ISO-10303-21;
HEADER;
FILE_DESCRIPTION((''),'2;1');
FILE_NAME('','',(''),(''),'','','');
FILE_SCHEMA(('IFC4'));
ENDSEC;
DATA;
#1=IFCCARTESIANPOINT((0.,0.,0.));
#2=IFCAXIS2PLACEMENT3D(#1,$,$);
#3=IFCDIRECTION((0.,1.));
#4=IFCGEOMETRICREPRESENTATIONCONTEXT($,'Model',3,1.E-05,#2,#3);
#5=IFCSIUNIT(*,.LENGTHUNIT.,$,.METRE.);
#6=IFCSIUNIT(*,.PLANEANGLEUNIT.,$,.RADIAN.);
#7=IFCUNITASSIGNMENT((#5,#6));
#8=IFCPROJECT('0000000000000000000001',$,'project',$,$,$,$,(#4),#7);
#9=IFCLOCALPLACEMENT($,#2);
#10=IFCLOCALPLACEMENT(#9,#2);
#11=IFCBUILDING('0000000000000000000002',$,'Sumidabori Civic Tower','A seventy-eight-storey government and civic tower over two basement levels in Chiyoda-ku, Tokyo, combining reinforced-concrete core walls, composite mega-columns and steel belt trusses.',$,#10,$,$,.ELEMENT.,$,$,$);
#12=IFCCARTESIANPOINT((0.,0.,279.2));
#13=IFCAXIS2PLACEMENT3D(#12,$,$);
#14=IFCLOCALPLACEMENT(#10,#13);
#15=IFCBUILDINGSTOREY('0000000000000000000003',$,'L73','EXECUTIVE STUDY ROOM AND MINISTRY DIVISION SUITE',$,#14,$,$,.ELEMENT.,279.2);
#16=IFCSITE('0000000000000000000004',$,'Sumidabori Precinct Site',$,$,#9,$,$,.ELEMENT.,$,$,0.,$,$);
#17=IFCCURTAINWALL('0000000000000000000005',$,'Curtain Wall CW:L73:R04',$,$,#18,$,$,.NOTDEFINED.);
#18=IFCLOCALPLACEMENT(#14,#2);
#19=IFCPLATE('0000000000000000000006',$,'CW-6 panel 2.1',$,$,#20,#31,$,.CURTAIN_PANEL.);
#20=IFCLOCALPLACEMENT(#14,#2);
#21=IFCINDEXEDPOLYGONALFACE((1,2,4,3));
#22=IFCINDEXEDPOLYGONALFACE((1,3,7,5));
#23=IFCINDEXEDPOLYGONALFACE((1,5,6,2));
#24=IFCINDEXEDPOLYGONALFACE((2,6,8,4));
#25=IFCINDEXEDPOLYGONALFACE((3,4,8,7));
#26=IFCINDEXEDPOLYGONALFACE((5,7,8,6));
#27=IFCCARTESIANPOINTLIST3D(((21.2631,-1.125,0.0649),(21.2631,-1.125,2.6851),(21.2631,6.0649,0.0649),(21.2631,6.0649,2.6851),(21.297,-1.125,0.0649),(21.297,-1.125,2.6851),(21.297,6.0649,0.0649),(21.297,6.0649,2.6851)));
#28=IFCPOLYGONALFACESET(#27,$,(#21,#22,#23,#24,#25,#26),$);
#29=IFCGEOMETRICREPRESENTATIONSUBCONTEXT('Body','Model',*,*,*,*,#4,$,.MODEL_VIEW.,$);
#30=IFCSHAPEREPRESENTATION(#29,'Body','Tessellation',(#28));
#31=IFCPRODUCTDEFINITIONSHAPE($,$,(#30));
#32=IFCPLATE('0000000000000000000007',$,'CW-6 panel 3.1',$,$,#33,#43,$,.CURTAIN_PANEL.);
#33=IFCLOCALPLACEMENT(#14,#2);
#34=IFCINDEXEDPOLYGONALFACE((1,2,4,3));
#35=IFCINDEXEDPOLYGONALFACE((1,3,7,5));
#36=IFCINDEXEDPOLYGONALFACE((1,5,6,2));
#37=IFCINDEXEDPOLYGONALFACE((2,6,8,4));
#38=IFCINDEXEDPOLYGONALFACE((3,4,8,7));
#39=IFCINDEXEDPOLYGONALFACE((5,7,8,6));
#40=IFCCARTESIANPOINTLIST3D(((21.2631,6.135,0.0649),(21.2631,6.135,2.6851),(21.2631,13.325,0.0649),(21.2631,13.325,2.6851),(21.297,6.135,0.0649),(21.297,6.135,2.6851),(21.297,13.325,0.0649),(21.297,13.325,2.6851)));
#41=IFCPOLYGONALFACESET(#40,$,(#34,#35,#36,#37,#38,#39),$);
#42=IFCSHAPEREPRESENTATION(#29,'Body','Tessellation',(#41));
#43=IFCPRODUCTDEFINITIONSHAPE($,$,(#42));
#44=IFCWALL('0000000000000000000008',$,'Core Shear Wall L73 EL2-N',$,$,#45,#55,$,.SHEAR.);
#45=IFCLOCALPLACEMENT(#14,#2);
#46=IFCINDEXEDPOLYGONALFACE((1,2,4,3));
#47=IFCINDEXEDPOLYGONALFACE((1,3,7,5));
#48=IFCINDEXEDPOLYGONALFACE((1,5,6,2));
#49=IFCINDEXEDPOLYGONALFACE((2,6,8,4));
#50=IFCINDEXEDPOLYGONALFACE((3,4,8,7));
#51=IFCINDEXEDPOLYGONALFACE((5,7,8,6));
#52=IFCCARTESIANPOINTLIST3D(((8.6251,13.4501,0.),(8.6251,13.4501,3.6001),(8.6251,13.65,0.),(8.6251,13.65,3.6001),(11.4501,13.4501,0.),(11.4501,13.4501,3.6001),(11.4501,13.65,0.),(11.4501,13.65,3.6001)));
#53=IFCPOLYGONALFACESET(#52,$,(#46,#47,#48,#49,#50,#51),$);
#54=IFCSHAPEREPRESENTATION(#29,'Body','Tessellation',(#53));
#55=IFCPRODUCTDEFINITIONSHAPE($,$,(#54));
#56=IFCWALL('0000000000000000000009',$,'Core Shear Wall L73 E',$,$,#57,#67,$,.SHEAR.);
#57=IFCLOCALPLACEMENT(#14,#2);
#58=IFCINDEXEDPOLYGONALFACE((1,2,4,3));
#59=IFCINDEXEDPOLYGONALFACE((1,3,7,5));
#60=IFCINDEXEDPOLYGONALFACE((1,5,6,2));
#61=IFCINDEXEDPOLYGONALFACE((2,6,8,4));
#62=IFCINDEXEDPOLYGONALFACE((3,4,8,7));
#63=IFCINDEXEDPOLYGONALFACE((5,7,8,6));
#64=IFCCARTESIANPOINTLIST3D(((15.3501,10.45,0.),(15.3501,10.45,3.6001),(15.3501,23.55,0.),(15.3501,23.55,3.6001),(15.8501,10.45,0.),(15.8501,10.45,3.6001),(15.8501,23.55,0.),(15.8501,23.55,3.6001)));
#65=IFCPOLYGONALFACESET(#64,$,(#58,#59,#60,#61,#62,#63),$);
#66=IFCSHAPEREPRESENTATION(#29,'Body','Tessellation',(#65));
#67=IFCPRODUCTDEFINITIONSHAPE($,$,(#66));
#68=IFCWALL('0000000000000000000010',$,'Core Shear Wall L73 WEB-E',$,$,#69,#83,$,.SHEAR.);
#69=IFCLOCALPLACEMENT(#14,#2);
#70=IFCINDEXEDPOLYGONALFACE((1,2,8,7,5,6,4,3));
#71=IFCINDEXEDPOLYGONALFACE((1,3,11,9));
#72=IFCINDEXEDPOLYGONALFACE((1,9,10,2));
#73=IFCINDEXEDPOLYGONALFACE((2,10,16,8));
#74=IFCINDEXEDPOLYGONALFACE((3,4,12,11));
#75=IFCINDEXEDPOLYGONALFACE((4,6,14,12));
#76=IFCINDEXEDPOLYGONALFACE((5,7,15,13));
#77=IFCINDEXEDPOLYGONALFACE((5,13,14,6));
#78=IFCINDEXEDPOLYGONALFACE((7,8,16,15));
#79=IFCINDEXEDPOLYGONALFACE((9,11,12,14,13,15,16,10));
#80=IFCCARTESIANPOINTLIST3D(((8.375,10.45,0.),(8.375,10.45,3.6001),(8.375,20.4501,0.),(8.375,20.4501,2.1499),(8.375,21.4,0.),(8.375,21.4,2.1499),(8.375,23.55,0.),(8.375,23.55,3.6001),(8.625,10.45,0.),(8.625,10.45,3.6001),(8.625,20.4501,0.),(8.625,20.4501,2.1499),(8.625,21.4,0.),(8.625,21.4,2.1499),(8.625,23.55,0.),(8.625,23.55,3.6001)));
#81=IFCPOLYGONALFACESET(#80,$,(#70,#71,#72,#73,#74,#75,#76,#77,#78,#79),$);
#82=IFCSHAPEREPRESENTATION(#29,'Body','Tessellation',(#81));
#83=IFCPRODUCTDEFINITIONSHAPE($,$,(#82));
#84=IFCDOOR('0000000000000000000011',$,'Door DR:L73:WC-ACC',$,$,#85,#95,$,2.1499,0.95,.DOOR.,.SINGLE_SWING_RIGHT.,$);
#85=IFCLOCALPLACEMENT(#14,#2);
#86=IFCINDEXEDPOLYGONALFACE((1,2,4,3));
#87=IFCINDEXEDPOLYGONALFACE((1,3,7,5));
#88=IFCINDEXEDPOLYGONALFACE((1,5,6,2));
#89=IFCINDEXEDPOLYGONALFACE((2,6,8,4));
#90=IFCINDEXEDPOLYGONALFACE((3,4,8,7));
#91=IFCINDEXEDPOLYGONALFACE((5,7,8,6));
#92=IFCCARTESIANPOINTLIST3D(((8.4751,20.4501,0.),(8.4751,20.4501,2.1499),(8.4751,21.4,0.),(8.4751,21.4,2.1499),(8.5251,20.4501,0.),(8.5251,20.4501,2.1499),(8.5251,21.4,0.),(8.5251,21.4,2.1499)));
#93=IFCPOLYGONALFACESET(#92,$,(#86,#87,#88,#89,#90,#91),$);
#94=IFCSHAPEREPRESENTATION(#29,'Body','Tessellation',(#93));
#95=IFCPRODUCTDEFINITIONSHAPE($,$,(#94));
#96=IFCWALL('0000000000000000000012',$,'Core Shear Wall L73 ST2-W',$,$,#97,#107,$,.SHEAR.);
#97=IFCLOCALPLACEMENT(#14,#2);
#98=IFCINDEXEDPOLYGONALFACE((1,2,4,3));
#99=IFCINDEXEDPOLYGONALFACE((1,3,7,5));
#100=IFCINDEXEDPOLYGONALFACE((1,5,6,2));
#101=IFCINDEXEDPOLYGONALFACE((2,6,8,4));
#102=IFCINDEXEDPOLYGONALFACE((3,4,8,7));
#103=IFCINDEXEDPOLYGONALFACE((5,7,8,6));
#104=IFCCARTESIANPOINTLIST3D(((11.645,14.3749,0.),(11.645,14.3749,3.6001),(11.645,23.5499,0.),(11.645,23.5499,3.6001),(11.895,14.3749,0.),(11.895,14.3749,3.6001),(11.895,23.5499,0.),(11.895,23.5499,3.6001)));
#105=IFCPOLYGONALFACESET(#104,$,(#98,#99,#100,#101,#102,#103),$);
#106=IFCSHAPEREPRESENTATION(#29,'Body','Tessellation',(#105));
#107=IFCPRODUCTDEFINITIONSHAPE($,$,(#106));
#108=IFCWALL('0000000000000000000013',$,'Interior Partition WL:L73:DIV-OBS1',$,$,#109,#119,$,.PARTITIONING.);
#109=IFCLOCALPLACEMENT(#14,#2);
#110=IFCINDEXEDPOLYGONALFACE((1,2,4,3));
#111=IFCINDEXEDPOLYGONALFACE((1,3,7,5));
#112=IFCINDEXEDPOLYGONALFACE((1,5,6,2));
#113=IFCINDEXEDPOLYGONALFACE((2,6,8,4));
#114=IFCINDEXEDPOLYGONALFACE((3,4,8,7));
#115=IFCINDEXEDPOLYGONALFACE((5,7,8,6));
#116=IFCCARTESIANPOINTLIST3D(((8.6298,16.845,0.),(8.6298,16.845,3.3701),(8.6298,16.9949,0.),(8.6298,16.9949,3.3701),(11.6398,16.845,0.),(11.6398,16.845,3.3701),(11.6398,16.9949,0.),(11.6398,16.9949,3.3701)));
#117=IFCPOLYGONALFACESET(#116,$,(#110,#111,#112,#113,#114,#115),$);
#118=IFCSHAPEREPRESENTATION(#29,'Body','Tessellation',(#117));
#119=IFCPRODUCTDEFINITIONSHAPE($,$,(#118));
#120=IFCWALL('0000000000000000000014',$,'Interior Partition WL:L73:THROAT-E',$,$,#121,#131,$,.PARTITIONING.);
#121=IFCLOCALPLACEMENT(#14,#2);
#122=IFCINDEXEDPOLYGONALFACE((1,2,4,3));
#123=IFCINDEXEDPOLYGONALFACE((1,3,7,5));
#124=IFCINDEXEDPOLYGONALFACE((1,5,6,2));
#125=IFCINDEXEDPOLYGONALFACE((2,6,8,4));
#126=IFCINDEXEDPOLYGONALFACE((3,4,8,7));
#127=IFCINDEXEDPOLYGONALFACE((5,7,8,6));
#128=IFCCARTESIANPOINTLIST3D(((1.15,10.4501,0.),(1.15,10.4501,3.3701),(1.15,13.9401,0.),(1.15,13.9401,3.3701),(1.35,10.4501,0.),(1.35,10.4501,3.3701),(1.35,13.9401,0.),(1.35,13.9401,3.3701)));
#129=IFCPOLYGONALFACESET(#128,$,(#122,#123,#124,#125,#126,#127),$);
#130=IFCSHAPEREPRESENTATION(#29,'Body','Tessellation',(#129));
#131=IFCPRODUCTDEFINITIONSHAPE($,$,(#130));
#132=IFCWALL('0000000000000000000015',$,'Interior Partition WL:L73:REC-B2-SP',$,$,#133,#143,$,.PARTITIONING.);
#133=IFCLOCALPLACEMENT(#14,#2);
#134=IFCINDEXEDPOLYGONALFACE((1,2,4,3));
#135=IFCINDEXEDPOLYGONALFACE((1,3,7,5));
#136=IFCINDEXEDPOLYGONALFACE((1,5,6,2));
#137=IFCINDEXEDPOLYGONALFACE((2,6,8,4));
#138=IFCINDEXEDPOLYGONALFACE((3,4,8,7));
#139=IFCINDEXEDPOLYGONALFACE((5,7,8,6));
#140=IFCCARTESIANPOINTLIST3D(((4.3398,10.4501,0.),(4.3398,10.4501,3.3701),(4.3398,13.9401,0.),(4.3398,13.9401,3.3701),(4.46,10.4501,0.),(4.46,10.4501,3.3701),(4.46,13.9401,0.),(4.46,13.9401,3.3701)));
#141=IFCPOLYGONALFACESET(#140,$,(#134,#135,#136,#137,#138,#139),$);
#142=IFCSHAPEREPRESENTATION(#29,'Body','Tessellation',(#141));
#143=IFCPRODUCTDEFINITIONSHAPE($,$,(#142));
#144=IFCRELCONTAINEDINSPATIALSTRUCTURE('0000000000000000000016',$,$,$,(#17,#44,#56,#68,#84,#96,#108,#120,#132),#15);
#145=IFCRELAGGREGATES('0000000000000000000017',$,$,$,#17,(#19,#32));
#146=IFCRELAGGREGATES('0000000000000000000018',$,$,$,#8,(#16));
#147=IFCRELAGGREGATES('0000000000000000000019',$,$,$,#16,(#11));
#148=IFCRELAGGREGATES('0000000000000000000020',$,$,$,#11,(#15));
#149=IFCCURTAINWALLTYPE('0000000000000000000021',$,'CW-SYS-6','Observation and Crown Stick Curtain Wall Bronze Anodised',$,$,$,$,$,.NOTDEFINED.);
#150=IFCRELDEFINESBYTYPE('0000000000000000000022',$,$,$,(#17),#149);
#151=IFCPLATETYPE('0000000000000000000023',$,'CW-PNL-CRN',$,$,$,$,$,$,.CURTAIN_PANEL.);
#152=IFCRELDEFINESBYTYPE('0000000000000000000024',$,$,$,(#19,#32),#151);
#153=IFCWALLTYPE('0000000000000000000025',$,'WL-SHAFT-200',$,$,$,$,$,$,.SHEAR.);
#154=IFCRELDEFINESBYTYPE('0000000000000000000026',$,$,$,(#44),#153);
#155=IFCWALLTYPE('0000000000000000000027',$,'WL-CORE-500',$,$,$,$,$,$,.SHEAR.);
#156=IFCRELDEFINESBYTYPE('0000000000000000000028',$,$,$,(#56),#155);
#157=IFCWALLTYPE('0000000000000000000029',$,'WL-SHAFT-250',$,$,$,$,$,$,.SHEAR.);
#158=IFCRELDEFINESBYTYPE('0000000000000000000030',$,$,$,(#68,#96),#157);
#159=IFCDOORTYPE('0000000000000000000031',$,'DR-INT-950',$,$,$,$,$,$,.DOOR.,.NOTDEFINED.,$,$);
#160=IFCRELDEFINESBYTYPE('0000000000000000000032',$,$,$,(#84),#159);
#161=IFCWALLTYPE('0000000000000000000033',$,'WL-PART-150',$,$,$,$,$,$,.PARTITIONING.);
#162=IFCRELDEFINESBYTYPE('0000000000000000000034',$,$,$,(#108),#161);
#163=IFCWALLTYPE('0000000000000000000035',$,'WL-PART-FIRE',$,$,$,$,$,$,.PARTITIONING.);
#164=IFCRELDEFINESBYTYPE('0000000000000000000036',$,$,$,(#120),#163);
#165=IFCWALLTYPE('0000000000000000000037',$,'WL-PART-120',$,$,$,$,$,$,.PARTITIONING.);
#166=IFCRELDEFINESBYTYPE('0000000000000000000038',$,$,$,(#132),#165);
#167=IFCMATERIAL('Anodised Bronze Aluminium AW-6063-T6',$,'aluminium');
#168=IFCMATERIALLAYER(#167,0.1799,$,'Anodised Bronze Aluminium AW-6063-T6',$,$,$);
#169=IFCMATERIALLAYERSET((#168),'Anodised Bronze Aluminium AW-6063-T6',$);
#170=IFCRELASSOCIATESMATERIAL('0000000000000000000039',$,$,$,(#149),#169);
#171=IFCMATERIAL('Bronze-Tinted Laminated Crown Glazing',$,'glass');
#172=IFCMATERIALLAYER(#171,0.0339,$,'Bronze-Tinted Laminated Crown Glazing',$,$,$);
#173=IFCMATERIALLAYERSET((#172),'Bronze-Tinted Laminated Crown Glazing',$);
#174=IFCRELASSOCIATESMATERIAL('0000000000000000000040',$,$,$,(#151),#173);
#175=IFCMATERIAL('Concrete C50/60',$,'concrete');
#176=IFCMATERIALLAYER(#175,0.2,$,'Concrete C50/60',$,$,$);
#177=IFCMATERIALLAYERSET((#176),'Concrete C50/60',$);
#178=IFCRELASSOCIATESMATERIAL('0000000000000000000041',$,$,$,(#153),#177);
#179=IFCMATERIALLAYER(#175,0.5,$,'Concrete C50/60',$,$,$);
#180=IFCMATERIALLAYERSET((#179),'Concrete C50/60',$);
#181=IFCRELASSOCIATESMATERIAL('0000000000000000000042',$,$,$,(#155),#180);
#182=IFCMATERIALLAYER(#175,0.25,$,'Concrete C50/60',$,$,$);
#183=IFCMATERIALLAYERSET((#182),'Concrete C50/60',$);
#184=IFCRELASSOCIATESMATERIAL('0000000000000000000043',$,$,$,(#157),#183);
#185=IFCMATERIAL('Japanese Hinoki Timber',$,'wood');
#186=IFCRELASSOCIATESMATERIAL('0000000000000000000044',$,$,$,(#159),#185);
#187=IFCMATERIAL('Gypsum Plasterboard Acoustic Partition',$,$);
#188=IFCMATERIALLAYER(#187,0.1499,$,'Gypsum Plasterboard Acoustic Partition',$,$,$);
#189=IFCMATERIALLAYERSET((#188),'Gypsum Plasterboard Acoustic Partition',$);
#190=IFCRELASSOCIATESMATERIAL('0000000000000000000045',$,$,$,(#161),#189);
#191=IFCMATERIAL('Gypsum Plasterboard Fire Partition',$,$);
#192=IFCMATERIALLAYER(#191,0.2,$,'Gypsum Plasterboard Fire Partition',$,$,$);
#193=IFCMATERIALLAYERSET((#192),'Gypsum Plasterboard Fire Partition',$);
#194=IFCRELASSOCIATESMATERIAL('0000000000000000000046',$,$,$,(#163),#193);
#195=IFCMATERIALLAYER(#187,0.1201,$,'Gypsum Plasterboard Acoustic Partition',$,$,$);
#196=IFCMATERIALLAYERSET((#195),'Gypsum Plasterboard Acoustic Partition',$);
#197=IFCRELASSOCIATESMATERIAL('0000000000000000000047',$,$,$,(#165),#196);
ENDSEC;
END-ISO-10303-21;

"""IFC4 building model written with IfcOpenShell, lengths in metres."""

from ifc_helpers import new_model, si_unit, direction, frame, frame_2d, origin, origin_2d, place, context, subcontext, project, spatial, rectangle, extrude, source, transform, mapped, material, layer, layer_set, type_object, element, fill, aggregate, save


model = new_model("IFC4")

# Units and contexts
model_context = context("Model", 3, precision=1e-05, world=origin(), true_north=direction((0.0, 1.0)))
body_context = subcontext(model_context, "Body", "Model", "MODEL_VIEW")
ifc_project = project(units=[si_unit("LENGTHUNIT", "METRE"), si_unit("PLANEANGLEUNIT", "RADIAN")], contexts=[model_context])

# Site, building, storey
site_placement = place(None, origin())
site = spatial("IfcSite", under=ifc_project, at=site_placement, Name="Sumidabori Precinct Site", CompositionType="ELEMENT", RefElevation=0.0)
building_placement = place(site_placement, origin())
building = spatial("IfcBuilding", under=site, at=building_placement, Name="Sumidabori Civic Tower", Description="A seventy-eight-storey government and civic tower over two basement levels in Chiyoda-ku, Tokyo, combining reinforced-concrete core walls, composite mega-columns and steel belt trusses.", CompositionType="ELEMENT")
storey_placement = place(building_placement, frame((0.0, 0.0, 279.2)))
storey = spatial("IfcBuildingStorey", under=building, at=storey_placement, Name="L73", Description="EXECUTIVE STUDY ROOM AND MINISTRY DIVISION SUITE", CompositionType="ELEMENT", Elevation=279.2)

# Shared definitions
ifc_material_1 = material(Name="Concrete C50/60", Category="concrete")

# Curtain wall, plates
ifc_material_2 = material(Name="Anodised Bronze Aluminium AW-6063-T6", Category="aluminium")
ifc_layer_1 = layer(ifc_material_2, 0.1799, Name="Anodised Bronze Aluminium AW-6063-T6")
ifc_layer_set_1 = layer_set([ifc_layer_1], Name="Anodised Bronze Aluminium AW-6063-T6")
curtain_wall_type = type_object("IfcCurtainWallType", Name="CW-SYS-6", Description="Observation and Crown Stick Curtain Wall Bronze Anodised", PredefinedType="NOTDEFINED", material=ifc_layer_set_1)
curtain_wall_placement = place(storey_placement, origin())
curtain_wall = element("IfcCurtainWall", 1, at=curtain_wall_placement, inside=storey, type_object=curtain_wall_type, Name="Curtain Wall CW:L73:R04", PredefinedType="NOTDEFINED")
ifc_material_3 = material(Name="Bronze-Tinted Laminated Crown Glazing", Category="glass")
ifc_layer_2 = layer(ifc_material_3, 0.0339, Name="Bronze-Tinted Laminated Crown Glazing")
ifc_layer_set_2 = layer_set([ifc_layer_2], Name="Bronze-Tinted Laminated Crown Glazing")
plate_type = type_object("IfcPlateType", Name="CW-PNL-CRN", PredefinedType="CURTAIN_PANEL", material=ifc_layer_set_2)
shared_shape_1 = source(origin(), body_context, "Body", "SweptSolid", [
    extrude(rectangle(XDim=7.1899, YDim=0.0339, at=origin_2d()), origin(), (0.0, 0.0, 1.0), 2.6201),
])
plate_1_placement = place(storey_placement, frame((21.28, 2.47, 0.0649), z_axis=(0.0, 0.0, 1.0), x_axis=(0.0, 1.0, 0.0)))
plate_1 = element("IfcPlate", 2, at=plate_1_placement, type_object=plate_type, Name="CW-6 panel 2.1", PredefinedType="CURTAIN_PANEL", context=body_context, shape_type="MappedRepresentation", body=[
    mapped(shared_shape_1, transform((0.0, 0.0, 0.0), x_axis=(1.0, 0.0, 0.0), y_axis=(0.0, 1.0, 0.0), z_axis=(0.0, 0.0, 1.0), scale=1.0)),
])
plate_2_placement = place(storey_placement, frame((21.28, 9.73, 0.0649), z_axis=(0.0, 0.0, 1.0), x_axis=(0.0, 1.0, 0.0)))
plate_2 = element("IfcPlate", 3, at=plate_2_placement, type_object=plate_type, Name="CW-6 panel 3.1", PredefinedType="CURTAIN_PANEL", context=body_context, shape_type="MappedRepresentation", body=[
    mapped(shared_shape_1, transform((0.0, 0.0, 0.0), x_axis=(1.0, 0.0, 0.0), y_axis=(0.0, 1.0, 0.0), z_axis=(0.0, 0.0, 1.0), scale=1.0)),
])
aggregate(curtain_wall, [plate_1, plate_2])

# Walls
ifc_layer_3 = layer(ifc_material_1, 0.2, Name="Concrete C50/60")
ifc_layer_set_3 = layer_set([ifc_layer_3], Name="Concrete C50/60")
wall_type_1 = type_object("IfcWallType", Name="WL-SHAFT-200", PredefinedType="SHEAR", material=ifc_layer_set_3)
shared_shape_2 = source(origin(), body_context, "Body", "SweptSolid", [
    extrude(rectangle(XDim=2.825, YDim=0.2, at=frame_2d((1.4126, 0.0))), origin(), (0.0, 0.0, 1.0), 3.6001),
])
wall_1_placement = place(storey_placement, frame((8.625, 13.55, 0.0), z_axis=(0.0, 0.0, 1.0), x_axis=(1.0, 0.0, 0.0)))
element("IfcWall", 4, at=wall_1_placement, inside=storey, type_object=wall_type_1, Name="Core Shear Wall L73 EL2-N", PredefinedType="SHEAR", context=body_context, shape_type="MappedRepresentation", body=[
    mapped(shared_shape_2, transform((0.0, 0.0, 0.0), x_axis=(1.0, 0.0, 0.0), y_axis=(0.0, 1.0, 0.0), z_axis=(0.0, 0.0, 1.0), scale=1.0)),
])
ifc_layer_4 = layer(ifc_material_1, 0.5, Name="Concrete C50/60")
ifc_layer_set_4 = layer_set([ifc_layer_4], Name="Concrete C50/60")
wall_type_2 = type_object("IfcWallType", Name="WL-CORE-500", PredefinedType="SHEAR", material=ifc_layer_set_4)
shared_shape_3 = source(origin(), body_context, "Body", "SweptSolid", [
    extrude(rectangle(XDim=13.1001, YDim=0.5, at=frame_2d((6.55, 0.0))), origin(), (0.0, 0.0, 1.0), 3.6001),
])
wall_2_placement = place(storey_placement, frame((15.6001, 10.45, 0.0), z_axis=(0.0, 0.0, 1.0), x_axis=(0.0, 1.0, 0.0)))
element("IfcWall", 5, at=wall_2_placement, inside=storey, type_object=wall_type_2, Name="Core Shear Wall L73 E", PredefinedType="SHEAR", context=body_context, shape_type="MappedRepresentation", body=[
    mapped(shared_shape_3, transform((0.0, 0.0, 0.0), x_axis=(1.0, 0.0, 0.0), y_axis=(0.0, 1.0, 0.0), z_axis=(0.0, 0.0, 1.0), scale=1.0)),
])

# Wall, opening, door
ifc_layer_5 = layer(ifc_material_1, 0.25, Name="Concrete C50/60")
ifc_layer_set_5 = layer_set([ifc_layer_5], Name="Concrete C50/60")
wall_type_3 = type_object("IfcWallType", Name="WL-SHAFT-250", PredefinedType="SHEAR", material=ifc_layer_set_5)
shared_shape_4 = source(origin(), body_context, "Body", "SweptSolid", [
    extrude(rectangle(XDim=13.1001, YDim=0.25, at=frame_2d((6.55, 0.0))), origin(), (0.0, 0.0, 1.0), 3.6001),
])
wall_3_placement = place(storey_placement, frame((8.5, 10.45, 0.0), z_axis=(0.0, 0.0, 1.0), x_axis=(0.0, 1.0, 0.0)))
wall_3 = element("IfcWall", 6, at=wall_3_placement, inside=storey, type_object=wall_type_3, Name="Core Shear Wall L73 WEB-E", PredefinedType="SHEAR", context=body_context, shape_type="MappedRepresentation", body=[
    mapped(shared_shape_4, transform((0.0, 0.0, 0.0), x_axis=(1.0, 0.0, 0.0), y_axis=(0.0, 1.0, 0.0), z_axis=(0.0, 0.0, 1.0), scale=1.0)),
])
opening_1_placement = place(wall_3_placement, frame((10.0, 0.0, 0.0)))
opening_1 = element("IfcOpeningElement", 7, at=opening_1_placement, cuts=wall_3, PredefinedType="OPENING", context=body_context, shape_type="SweptSolid", body=[
    extrude(rectangle(XDim=0.95, YDim=2.1499, at=frame_2d((0.4751, 1.075))), frame((0.0, 0.137, 0.0), z_axis=(0.0, -1.0, 0.0), x_axis=(1.0, 0.0, 0.0)), (0.0, 0.0, 1.0), 0.2739),
])
ifc_material_4 = material(Name="Japanese Hinoki Timber", Category="wood")
door_type_1 = type_object("IfcDoorType", Name="DR-INT-950", OperationType="NOTDEFINED", PredefinedType="DOOR", material=ifc_material_4)
shared_shape_5 = source(origin(), body_context, "Body", "SweptSolid", [
    extrude(rectangle(XDim=0.95, YDim=2.1499, at=frame_2d((0.4751, 1.075))), frame((0.0, 0.0249, 0.0), z_axis=(0.0, -1.0, 0.0), x_axis=(1.0, 0.0, 0.0)), (0.0, 0.0, 1.0), 0.05),
])
door_1_placement = place(opening_1_placement, origin())
door_1 = element("IfcDoor", 8, at=door_1_placement, inside=storey, type_object=door_type_1, Name="Door DR:L73:WC-ACC", OperationType="SINGLE_SWING_RIGHT", OverallHeight=2.1499, OverallWidth=0.95, PredefinedType="DOOR", context=body_context, shape_type="MappedRepresentation", body=[
    mapped(shared_shape_5, transform((0.0, 0.0, 0.0), x_axis=(1.0, 0.0, 0.0), y_axis=(0.0, 1.0, 0.0), z_axis=(0.0, 0.0, 1.0), scale=1.0)),
])
fill(opening_1, door_1)

# Wall
shared_shape_6 = source(origin(), body_context, "Body", "SweptSolid", [
    extrude(rectangle(XDim=9.175, YDim=0.25, at=frame_2d((4.5874, 0.0))), origin(), (0.0, 0.0, 1.0), 3.6001),
])
wall_4_placement = place(storey_placement, frame((11.77, 14.375, 0.0), z_axis=(0.0, 0.0, 1.0), x_axis=(0.0, 1.0, 0.0)))
element("IfcWall", 9, at=wall_4_placement, inside=storey, type_object=wall_type_3, Name="Core Shear Wall L73 ST2-W", PredefinedType="SHEAR", context=body_context, shape_type="MappedRepresentation", body=[
    mapped(shared_shape_6, transform((0.0, 0.0, 0.0), x_axis=(1.0, 0.0, 0.0), y_axis=(0.0, 1.0, 0.0), z_axis=(0.0, 0.0, 1.0), scale=1.0)),
])

# Wall
ifc_material_5 = material(Name="Gypsum Plasterboard Acoustic Partition")
ifc_layer_6 = layer(ifc_material_5, 0.1499, Name="Gypsum Plasterboard Acoustic Partition")
ifc_layer_set_6 = layer_set([ifc_layer_6], Name="Gypsum Plasterboard Acoustic Partition")
wall_type_4 = type_object("IfcWallType", Name="WL-PART-150", PredefinedType="PARTITIONING", material=ifc_layer_set_6)
shared_shape_7 = source(origin(), body_context, "Body", "SweptSolid", [
    extrude(rectangle(XDim=3.01, YDim=0.1499, at=frame_2d((1.5049, 0.0))), origin(), (0.0, 0.0, 1.0), 3.3701),
])
wall_5_placement = place(storey_placement, frame((8.6299, 16.9199, 0.0), z_axis=(0.0, 0.0, 1.0), x_axis=(1.0, 0.0, 0.0)))
element("IfcWall", 10, at=wall_5_placement, inside=storey, type_object=wall_type_4, Name="Interior Partition WL:L73:DIV-OBS1", PredefinedType="PARTITIONING", context=body_context, shape_type="MappedRepresentation", body=[
    mapped(shared_shape_7, transform((0.0, 0.0, 0.0), x_axis=(1.0, 0.0, 0.0), y_axis=(0.0, 1.0, 0.0), z_axis=(0.0, 0.0, 1.0), scale=1.0)),
])

# Shared definitions
ifc_material_6 = material(Name="Gypsum Plasterboard Fire Partition")
ifc_layer_7 = layer(ifc_material_6, 0.2, Name="Gypsum Plasterboard Fire Partition")
ifc_layer_set_7 = layer_set([ifc_layer_7], Name="Gypsum Plasterboard Fire Partition")
wall_type_5 = type_object("IfcWallType", Name="WL-PART-FIRE", PredefinedType="PARTITIONING", material=ifc_layer_set_7)

# Walls
shared_shape_8 = source(origin(), body_context, "Body", "SweptSolid", [
    extrude(rectangle(XDim=3.49, YDim=0.2, at=frame_2d((1.7451, 0.0))), origin(), (0.0, 0.0, 1.0), 3.3701),
])
wall_6_placement = place(storey_placement, frame((1.25, 10.45, 0.0), z_axis=(0.0, 0.0, 1.0), x_axis=(0.0, 1.0, 0.0)))
element("IfcWall", 11, at=wall_6_placement, inside=storey, type_object=wall_type_5, Name="Interior Partition WL:L73:THROAT-E", PredefinedType="PARTITIONING", context=body_context, shape_type="MappedRepresentation", body=[
    mapped(shared_shape_8, transform((0.0, 0.0, 0.0), x_axis=(1.0, 0.0, 0.0), y_axis=(0.0, 1.0, 0.0), z_axis=(0.0, 0.0, 1.0), scale=1.0)),
])
ifc_layer_8 = layer(ifc_material_5, 0.1201, Name="Gypsum Plasterboard Acoustic Partition")
ifc_layer_set_8 = layer_set([ifc_layer_8], Name="Gypsum Plasterboard Acoustic Partition")
wall_type_6 = type_object("IfcWallType", Name="WL-PART-120", PredefinedType="PARTITIONING", material=ifc_layer_set_8)
shared_shape_9 = source(origin(), body_context, "Body", "SweptSolid", [
    extrude(rectangle(XDim=3.49, YDim=0.1201, at=frame_2d((1.7451, 0.0))), origin(), (0.0, 0.0, 1.0), 3.3701),
])
wall_7_placement = place(storey_placement, frame((4.3999, 10.45, 0.0), z_axis=(0.0, 0.0, 1.0), x_axis=(0.0, 1.0, 0.0)))
element("IfcWall", 12, at=wall_7_placement, inside=storey, type_object=wall_type_6, Name="Interior Partition WL:L73:REC-B2-SP", PredefinedType="PARTITIONING", context=body_context, shape_type="MappedRepresentation", body=[
    mapped(shared_shape_9, transform((0.0, 0.0, 0.0), x_axis=(1.0, 0.0, 0.0), y_axis=(0.0, 1.0, 0.0), z_axis=(0.0, 0.0, 1.0), scale=1.0)),
])

save(model, "model.ifc")
